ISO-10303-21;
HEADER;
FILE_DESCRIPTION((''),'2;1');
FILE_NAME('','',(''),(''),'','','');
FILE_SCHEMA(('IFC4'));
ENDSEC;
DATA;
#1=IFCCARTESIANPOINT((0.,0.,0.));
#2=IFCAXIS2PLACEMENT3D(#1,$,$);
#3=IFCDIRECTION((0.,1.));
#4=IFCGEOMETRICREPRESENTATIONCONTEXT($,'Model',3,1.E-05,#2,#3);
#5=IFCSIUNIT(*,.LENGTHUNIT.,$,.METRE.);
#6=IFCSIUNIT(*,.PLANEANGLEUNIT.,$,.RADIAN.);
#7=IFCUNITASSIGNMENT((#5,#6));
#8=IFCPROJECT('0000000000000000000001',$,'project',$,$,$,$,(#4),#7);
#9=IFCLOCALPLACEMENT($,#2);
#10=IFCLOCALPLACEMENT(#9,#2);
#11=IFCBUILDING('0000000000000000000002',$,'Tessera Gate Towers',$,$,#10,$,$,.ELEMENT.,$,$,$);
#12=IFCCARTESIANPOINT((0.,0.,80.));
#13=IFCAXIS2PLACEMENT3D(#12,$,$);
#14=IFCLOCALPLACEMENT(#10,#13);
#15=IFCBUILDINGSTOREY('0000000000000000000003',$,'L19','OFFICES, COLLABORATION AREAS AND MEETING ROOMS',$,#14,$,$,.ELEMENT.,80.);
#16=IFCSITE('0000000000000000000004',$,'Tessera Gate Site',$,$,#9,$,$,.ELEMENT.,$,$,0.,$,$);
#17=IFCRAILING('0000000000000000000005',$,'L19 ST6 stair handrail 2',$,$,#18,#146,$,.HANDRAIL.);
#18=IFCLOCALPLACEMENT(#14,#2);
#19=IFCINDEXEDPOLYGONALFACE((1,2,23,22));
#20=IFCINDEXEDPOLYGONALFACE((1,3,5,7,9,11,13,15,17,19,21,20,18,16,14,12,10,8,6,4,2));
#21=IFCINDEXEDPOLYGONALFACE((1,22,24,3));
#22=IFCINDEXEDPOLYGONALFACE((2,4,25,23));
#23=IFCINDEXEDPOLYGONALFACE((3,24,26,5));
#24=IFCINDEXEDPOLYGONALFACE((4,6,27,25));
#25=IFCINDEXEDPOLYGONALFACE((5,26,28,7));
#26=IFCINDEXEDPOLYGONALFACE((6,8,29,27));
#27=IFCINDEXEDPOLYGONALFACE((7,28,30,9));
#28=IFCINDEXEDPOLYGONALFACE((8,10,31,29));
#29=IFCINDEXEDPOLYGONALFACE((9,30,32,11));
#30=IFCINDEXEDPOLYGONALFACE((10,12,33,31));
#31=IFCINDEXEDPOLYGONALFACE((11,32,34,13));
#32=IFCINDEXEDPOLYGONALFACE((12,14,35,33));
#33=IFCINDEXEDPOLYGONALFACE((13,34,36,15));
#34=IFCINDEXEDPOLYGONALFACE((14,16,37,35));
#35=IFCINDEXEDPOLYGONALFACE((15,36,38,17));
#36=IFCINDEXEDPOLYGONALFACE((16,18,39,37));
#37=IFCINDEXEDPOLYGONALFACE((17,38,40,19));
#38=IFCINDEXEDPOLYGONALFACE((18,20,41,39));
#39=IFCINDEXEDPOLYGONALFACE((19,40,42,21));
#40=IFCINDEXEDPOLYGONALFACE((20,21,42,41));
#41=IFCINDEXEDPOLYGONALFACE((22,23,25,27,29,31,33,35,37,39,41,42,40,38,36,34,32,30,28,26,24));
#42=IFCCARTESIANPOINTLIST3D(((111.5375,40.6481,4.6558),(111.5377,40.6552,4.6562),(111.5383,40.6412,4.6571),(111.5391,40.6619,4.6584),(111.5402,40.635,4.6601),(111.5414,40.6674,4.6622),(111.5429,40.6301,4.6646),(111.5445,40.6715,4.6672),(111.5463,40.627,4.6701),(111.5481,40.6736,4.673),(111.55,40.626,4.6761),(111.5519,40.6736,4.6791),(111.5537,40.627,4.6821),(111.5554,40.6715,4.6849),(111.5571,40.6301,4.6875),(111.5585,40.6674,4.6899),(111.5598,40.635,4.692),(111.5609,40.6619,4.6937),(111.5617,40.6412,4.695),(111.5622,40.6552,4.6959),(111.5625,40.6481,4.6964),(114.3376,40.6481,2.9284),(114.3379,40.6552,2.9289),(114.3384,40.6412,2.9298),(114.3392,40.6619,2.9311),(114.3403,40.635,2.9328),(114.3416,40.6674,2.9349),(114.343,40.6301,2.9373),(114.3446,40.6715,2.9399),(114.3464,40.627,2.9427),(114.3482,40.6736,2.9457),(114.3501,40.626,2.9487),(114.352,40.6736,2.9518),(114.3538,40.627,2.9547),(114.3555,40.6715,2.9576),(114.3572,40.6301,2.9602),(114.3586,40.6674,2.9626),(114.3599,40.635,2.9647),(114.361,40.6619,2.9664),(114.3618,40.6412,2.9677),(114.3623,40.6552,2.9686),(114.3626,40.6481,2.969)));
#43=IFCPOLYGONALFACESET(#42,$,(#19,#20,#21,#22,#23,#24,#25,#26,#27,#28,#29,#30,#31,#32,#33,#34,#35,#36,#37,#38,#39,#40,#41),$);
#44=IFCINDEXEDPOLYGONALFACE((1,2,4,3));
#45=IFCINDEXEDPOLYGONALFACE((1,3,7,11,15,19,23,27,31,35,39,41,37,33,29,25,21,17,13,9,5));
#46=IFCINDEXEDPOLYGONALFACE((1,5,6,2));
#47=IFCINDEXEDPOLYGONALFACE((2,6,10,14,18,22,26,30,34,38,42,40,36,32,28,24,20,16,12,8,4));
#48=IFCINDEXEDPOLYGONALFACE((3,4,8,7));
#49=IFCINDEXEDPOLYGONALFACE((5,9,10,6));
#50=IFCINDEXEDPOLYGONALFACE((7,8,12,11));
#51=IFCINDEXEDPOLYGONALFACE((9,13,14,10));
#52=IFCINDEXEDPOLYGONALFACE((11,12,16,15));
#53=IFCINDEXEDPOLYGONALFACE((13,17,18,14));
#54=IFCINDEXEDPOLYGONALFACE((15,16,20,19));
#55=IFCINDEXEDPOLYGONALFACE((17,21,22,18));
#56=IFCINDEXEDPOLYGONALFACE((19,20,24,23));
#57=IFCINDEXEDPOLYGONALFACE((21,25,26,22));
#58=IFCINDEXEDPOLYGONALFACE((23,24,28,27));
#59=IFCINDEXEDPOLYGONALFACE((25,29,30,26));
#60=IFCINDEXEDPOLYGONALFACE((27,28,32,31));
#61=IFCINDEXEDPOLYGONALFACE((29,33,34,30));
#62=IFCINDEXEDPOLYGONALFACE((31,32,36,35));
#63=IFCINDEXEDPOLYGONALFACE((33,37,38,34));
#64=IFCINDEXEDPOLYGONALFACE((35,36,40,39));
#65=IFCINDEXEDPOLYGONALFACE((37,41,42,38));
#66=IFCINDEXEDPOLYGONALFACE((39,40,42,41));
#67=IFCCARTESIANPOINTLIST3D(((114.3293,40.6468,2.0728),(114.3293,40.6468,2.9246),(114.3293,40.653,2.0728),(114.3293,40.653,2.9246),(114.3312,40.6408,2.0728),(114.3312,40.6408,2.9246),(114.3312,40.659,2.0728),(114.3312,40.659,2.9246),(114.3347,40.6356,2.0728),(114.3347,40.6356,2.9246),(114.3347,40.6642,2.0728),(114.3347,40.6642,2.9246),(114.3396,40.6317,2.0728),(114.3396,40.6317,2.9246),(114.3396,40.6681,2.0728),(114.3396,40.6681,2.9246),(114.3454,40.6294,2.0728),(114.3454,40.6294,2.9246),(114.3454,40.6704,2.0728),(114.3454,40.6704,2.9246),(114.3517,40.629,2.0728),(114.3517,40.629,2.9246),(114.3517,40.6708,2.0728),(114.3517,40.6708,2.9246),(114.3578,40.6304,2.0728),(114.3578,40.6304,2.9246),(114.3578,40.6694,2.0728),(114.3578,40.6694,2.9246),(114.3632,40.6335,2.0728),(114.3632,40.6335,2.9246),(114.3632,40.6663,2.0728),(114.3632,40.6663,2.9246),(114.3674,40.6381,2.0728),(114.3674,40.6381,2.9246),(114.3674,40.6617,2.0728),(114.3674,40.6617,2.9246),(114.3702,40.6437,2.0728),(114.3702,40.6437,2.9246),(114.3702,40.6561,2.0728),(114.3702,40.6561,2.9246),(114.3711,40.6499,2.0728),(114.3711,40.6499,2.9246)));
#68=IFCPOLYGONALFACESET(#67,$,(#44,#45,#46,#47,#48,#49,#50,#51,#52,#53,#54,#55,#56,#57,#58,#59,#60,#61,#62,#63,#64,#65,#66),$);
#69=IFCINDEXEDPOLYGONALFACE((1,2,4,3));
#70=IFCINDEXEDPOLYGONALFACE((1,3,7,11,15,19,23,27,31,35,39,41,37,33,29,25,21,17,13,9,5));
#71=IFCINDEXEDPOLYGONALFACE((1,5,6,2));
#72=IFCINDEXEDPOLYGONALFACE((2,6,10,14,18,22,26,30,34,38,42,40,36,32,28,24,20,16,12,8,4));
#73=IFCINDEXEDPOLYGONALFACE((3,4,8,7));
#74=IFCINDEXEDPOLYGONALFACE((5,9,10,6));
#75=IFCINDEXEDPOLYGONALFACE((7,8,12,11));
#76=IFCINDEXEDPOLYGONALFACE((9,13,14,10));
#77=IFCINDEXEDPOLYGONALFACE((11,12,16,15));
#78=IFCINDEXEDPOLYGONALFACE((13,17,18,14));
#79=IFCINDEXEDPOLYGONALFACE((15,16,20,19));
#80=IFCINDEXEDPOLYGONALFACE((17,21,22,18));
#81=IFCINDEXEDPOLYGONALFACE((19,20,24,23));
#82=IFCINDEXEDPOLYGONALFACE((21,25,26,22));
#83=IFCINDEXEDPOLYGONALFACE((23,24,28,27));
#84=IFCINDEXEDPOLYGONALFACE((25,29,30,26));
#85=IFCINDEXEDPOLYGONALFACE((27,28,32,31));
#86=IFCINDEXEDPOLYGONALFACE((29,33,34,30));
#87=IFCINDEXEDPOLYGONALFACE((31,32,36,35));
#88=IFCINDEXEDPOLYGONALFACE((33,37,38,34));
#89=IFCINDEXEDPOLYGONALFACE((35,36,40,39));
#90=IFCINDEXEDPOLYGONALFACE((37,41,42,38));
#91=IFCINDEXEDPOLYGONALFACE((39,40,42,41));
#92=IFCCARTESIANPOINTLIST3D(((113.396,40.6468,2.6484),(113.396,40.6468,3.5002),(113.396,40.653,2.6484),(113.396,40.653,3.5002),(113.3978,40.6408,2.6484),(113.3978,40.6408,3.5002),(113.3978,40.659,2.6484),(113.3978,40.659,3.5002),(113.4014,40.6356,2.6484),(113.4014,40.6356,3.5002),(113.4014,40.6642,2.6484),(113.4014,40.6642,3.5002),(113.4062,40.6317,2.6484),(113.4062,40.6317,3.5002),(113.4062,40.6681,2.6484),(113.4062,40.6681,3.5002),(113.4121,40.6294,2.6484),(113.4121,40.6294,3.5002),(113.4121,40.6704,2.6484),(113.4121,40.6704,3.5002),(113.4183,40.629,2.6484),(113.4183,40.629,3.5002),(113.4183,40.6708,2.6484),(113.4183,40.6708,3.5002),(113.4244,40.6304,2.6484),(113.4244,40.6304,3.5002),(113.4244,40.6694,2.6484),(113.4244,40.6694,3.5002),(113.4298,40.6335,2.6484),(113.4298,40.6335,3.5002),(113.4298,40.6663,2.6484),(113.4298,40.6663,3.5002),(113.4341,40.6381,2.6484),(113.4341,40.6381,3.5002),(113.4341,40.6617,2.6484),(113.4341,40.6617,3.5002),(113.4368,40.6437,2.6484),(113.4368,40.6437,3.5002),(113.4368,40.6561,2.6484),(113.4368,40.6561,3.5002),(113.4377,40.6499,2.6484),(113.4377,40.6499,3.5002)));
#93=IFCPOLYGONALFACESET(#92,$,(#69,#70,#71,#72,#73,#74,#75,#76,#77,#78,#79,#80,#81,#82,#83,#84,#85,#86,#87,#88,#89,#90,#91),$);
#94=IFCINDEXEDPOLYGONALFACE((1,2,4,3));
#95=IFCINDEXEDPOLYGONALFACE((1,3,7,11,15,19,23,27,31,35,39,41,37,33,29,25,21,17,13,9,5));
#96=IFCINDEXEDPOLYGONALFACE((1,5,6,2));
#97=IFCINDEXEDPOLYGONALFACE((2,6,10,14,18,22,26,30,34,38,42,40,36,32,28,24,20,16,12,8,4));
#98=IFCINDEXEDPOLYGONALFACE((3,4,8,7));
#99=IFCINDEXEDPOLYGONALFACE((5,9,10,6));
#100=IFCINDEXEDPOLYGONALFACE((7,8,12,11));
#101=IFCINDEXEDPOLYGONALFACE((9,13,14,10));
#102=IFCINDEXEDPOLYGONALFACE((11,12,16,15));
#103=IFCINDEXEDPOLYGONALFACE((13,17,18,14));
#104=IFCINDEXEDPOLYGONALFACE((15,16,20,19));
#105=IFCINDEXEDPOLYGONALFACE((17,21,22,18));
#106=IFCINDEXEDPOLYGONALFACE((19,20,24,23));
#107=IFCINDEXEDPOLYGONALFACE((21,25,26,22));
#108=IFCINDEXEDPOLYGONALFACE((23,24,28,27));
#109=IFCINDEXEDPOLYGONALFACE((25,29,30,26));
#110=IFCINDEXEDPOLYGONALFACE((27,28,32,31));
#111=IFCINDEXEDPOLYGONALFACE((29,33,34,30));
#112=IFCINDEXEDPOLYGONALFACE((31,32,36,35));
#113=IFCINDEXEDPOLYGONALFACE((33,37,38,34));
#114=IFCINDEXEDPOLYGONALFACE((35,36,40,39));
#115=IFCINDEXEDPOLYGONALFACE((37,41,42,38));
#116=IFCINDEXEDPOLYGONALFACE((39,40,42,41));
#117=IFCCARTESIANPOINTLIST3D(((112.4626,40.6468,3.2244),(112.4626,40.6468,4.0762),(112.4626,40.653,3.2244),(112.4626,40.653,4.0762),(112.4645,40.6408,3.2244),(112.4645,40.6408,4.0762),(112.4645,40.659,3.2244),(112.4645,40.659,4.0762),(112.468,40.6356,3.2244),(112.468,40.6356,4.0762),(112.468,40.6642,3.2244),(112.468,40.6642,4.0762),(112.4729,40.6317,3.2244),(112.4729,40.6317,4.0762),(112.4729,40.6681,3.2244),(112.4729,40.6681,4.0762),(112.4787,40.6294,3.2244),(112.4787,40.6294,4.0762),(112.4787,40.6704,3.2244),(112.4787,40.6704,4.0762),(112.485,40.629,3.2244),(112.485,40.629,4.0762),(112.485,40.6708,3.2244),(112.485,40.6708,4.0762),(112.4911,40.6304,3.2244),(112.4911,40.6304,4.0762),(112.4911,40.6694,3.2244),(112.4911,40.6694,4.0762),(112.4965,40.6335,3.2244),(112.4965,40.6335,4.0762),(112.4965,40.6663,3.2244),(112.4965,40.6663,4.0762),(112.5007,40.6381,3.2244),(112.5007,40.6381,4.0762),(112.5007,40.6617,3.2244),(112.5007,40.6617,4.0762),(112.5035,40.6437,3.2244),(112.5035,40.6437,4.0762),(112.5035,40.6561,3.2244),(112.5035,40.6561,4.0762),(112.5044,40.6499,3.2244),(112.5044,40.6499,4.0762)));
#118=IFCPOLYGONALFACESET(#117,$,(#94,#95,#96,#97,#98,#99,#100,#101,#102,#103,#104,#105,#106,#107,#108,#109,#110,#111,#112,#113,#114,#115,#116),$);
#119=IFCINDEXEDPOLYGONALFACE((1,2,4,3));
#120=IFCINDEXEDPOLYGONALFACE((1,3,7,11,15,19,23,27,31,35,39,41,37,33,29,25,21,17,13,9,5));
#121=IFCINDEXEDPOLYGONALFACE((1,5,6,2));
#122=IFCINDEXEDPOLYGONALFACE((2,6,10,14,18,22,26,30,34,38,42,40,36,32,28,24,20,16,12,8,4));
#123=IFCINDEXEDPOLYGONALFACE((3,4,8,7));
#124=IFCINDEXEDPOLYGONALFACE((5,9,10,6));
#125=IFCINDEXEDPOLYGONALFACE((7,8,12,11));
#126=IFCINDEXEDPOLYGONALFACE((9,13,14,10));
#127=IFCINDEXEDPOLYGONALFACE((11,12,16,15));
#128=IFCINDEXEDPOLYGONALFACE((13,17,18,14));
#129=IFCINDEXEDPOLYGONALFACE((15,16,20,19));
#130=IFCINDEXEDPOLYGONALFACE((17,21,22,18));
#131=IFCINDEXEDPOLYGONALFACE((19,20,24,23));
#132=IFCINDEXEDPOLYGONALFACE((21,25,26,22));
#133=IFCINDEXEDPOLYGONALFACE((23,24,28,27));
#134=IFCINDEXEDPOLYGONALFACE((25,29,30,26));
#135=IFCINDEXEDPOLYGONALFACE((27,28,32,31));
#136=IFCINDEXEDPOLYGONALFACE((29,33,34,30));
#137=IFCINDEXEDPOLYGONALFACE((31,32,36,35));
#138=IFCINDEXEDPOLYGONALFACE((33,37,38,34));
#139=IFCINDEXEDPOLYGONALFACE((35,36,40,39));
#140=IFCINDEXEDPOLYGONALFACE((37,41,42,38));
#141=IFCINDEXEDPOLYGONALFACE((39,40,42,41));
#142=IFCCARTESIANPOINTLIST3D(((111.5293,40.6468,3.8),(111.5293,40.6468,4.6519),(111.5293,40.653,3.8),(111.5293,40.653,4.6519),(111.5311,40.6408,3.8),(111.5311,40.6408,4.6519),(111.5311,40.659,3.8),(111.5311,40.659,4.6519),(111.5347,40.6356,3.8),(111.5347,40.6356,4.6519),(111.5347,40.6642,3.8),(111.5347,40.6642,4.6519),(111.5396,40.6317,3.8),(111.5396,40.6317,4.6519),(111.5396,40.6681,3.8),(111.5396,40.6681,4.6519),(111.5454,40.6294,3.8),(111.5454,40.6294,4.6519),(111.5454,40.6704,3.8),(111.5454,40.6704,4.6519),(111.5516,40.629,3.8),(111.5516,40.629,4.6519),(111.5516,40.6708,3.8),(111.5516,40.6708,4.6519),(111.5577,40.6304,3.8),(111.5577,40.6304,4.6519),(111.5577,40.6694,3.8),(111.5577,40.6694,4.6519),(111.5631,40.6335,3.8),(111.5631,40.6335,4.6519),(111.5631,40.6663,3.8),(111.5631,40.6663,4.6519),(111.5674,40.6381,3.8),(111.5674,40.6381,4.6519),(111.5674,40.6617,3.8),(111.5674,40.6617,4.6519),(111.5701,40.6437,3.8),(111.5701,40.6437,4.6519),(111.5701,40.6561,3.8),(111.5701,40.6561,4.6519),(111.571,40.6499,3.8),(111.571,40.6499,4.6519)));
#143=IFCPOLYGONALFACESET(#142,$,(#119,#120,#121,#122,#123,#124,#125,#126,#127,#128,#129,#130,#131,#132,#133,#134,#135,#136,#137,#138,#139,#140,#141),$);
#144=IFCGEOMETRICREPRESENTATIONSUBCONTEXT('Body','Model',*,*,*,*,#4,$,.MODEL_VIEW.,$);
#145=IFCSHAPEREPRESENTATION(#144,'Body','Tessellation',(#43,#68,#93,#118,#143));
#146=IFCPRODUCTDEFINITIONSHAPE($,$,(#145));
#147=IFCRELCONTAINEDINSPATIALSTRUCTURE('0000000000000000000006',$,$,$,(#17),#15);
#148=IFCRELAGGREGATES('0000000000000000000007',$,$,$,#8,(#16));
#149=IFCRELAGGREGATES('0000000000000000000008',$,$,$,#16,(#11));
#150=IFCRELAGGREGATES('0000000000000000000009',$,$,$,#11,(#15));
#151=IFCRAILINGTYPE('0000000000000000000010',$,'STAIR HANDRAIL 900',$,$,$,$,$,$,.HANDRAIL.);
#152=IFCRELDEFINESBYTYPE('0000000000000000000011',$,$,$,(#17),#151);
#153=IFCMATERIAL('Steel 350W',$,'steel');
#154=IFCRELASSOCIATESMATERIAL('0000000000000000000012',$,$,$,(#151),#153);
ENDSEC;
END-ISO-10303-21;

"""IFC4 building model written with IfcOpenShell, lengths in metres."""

from ifc_helpers import new_model, si_unit, direction, frame, origin, origin_2d, place, context, subcontext, project, spatial, circle, extrude, material, type_object, element, save


model = new_model("IFC4")

# Units and contexts
model_context = context("Model", 3, precision=1e-05, world=origin(), true_north=direction((0.0, 1.0)))
body_context = subcontext(model_context, "Body", "Model", "MODEL_VIEW")
ifc_project = project(units=[si_unit("LENGTHUNIT", "METRE"), si_unit("PLANEANGLEUNIT", "RADIAN")], contexts=[model_context])

# Site, building, storey
site_placement = place(None, origin())
site = spatial("IfcSite", under=ifc_project, at=site_placement, Name="Tessera Gate Site", CompositionType="ELEMENT", RefElevation=0.0)
building_placement = place(site_placement, origin())
building = spatial("IfcBuilding", under=site, at=building_placement, Name="Tessera Gate Towers", CompositionType="ELEMENT")
storey_placement = place(building_placement, frame((0.0, 0.0, 80.0)))
storey = spatial("IfcBuildingStorey", under=building, at=storey_placement, Name="L19", Description="OFFICES, COLLABORATION AREAS AND MEETING ROOMS", CompositionType="ELEMENT", Elevation=80.0)

# Railing
ifc_material_1 = material(Name="Steel 350W", Category="steel")
railing_type_1 = type_object("IfcRailingType", Name="STAIR HANDRAIL 900", PredefinedType="HANDRAIL", material=ifc_material_1)
railing_1_placement = place(storey_placement, frame((114.3501, 40.6499, 2.0728)))
element("IfcRailing", 1, at=railing_1_placement, inside=storey, type_object=railing_type_1, Name="L19 ST6 stair handrail 2", PredefinedType="HANDRAIL", context=body_context, shape_type="SweptSolid", body=[
    extrude(circle(Radius=0.0239, at=origin_2d()), frame((0.0, 0.0, 0.876), z_axis=(-0.85109, 0.0, 0.52502), x_axis=(0.0, -1.0, 0.0)), (0.0, 0.0, 1.0), 3.29),
    extrude(circle(Radius=0.021, at=origin_2d()), origin(), (0.0, 0.0, 1.0), 0.8518),
    extrude(circle(Radius=0.021, at=origin_2d()), frame((-0.9333, 0.0, 0.5757)), (0.0, 0.0, 1.0), 0.8518),
    extrude(circle(Radius=0.021, at=origin_2d()), frame((-1.8667, 0.0, 1.1516)), (0.0, 0.0, 1.0), 0.8518),
    extrude(circle(Radius=0.021, at=origin_2d()), frame((-2.8, 0.0, 1.7273)), (0.0, 0.0, 1.0), 0.8518),
])

save(model, "model.ifc")
